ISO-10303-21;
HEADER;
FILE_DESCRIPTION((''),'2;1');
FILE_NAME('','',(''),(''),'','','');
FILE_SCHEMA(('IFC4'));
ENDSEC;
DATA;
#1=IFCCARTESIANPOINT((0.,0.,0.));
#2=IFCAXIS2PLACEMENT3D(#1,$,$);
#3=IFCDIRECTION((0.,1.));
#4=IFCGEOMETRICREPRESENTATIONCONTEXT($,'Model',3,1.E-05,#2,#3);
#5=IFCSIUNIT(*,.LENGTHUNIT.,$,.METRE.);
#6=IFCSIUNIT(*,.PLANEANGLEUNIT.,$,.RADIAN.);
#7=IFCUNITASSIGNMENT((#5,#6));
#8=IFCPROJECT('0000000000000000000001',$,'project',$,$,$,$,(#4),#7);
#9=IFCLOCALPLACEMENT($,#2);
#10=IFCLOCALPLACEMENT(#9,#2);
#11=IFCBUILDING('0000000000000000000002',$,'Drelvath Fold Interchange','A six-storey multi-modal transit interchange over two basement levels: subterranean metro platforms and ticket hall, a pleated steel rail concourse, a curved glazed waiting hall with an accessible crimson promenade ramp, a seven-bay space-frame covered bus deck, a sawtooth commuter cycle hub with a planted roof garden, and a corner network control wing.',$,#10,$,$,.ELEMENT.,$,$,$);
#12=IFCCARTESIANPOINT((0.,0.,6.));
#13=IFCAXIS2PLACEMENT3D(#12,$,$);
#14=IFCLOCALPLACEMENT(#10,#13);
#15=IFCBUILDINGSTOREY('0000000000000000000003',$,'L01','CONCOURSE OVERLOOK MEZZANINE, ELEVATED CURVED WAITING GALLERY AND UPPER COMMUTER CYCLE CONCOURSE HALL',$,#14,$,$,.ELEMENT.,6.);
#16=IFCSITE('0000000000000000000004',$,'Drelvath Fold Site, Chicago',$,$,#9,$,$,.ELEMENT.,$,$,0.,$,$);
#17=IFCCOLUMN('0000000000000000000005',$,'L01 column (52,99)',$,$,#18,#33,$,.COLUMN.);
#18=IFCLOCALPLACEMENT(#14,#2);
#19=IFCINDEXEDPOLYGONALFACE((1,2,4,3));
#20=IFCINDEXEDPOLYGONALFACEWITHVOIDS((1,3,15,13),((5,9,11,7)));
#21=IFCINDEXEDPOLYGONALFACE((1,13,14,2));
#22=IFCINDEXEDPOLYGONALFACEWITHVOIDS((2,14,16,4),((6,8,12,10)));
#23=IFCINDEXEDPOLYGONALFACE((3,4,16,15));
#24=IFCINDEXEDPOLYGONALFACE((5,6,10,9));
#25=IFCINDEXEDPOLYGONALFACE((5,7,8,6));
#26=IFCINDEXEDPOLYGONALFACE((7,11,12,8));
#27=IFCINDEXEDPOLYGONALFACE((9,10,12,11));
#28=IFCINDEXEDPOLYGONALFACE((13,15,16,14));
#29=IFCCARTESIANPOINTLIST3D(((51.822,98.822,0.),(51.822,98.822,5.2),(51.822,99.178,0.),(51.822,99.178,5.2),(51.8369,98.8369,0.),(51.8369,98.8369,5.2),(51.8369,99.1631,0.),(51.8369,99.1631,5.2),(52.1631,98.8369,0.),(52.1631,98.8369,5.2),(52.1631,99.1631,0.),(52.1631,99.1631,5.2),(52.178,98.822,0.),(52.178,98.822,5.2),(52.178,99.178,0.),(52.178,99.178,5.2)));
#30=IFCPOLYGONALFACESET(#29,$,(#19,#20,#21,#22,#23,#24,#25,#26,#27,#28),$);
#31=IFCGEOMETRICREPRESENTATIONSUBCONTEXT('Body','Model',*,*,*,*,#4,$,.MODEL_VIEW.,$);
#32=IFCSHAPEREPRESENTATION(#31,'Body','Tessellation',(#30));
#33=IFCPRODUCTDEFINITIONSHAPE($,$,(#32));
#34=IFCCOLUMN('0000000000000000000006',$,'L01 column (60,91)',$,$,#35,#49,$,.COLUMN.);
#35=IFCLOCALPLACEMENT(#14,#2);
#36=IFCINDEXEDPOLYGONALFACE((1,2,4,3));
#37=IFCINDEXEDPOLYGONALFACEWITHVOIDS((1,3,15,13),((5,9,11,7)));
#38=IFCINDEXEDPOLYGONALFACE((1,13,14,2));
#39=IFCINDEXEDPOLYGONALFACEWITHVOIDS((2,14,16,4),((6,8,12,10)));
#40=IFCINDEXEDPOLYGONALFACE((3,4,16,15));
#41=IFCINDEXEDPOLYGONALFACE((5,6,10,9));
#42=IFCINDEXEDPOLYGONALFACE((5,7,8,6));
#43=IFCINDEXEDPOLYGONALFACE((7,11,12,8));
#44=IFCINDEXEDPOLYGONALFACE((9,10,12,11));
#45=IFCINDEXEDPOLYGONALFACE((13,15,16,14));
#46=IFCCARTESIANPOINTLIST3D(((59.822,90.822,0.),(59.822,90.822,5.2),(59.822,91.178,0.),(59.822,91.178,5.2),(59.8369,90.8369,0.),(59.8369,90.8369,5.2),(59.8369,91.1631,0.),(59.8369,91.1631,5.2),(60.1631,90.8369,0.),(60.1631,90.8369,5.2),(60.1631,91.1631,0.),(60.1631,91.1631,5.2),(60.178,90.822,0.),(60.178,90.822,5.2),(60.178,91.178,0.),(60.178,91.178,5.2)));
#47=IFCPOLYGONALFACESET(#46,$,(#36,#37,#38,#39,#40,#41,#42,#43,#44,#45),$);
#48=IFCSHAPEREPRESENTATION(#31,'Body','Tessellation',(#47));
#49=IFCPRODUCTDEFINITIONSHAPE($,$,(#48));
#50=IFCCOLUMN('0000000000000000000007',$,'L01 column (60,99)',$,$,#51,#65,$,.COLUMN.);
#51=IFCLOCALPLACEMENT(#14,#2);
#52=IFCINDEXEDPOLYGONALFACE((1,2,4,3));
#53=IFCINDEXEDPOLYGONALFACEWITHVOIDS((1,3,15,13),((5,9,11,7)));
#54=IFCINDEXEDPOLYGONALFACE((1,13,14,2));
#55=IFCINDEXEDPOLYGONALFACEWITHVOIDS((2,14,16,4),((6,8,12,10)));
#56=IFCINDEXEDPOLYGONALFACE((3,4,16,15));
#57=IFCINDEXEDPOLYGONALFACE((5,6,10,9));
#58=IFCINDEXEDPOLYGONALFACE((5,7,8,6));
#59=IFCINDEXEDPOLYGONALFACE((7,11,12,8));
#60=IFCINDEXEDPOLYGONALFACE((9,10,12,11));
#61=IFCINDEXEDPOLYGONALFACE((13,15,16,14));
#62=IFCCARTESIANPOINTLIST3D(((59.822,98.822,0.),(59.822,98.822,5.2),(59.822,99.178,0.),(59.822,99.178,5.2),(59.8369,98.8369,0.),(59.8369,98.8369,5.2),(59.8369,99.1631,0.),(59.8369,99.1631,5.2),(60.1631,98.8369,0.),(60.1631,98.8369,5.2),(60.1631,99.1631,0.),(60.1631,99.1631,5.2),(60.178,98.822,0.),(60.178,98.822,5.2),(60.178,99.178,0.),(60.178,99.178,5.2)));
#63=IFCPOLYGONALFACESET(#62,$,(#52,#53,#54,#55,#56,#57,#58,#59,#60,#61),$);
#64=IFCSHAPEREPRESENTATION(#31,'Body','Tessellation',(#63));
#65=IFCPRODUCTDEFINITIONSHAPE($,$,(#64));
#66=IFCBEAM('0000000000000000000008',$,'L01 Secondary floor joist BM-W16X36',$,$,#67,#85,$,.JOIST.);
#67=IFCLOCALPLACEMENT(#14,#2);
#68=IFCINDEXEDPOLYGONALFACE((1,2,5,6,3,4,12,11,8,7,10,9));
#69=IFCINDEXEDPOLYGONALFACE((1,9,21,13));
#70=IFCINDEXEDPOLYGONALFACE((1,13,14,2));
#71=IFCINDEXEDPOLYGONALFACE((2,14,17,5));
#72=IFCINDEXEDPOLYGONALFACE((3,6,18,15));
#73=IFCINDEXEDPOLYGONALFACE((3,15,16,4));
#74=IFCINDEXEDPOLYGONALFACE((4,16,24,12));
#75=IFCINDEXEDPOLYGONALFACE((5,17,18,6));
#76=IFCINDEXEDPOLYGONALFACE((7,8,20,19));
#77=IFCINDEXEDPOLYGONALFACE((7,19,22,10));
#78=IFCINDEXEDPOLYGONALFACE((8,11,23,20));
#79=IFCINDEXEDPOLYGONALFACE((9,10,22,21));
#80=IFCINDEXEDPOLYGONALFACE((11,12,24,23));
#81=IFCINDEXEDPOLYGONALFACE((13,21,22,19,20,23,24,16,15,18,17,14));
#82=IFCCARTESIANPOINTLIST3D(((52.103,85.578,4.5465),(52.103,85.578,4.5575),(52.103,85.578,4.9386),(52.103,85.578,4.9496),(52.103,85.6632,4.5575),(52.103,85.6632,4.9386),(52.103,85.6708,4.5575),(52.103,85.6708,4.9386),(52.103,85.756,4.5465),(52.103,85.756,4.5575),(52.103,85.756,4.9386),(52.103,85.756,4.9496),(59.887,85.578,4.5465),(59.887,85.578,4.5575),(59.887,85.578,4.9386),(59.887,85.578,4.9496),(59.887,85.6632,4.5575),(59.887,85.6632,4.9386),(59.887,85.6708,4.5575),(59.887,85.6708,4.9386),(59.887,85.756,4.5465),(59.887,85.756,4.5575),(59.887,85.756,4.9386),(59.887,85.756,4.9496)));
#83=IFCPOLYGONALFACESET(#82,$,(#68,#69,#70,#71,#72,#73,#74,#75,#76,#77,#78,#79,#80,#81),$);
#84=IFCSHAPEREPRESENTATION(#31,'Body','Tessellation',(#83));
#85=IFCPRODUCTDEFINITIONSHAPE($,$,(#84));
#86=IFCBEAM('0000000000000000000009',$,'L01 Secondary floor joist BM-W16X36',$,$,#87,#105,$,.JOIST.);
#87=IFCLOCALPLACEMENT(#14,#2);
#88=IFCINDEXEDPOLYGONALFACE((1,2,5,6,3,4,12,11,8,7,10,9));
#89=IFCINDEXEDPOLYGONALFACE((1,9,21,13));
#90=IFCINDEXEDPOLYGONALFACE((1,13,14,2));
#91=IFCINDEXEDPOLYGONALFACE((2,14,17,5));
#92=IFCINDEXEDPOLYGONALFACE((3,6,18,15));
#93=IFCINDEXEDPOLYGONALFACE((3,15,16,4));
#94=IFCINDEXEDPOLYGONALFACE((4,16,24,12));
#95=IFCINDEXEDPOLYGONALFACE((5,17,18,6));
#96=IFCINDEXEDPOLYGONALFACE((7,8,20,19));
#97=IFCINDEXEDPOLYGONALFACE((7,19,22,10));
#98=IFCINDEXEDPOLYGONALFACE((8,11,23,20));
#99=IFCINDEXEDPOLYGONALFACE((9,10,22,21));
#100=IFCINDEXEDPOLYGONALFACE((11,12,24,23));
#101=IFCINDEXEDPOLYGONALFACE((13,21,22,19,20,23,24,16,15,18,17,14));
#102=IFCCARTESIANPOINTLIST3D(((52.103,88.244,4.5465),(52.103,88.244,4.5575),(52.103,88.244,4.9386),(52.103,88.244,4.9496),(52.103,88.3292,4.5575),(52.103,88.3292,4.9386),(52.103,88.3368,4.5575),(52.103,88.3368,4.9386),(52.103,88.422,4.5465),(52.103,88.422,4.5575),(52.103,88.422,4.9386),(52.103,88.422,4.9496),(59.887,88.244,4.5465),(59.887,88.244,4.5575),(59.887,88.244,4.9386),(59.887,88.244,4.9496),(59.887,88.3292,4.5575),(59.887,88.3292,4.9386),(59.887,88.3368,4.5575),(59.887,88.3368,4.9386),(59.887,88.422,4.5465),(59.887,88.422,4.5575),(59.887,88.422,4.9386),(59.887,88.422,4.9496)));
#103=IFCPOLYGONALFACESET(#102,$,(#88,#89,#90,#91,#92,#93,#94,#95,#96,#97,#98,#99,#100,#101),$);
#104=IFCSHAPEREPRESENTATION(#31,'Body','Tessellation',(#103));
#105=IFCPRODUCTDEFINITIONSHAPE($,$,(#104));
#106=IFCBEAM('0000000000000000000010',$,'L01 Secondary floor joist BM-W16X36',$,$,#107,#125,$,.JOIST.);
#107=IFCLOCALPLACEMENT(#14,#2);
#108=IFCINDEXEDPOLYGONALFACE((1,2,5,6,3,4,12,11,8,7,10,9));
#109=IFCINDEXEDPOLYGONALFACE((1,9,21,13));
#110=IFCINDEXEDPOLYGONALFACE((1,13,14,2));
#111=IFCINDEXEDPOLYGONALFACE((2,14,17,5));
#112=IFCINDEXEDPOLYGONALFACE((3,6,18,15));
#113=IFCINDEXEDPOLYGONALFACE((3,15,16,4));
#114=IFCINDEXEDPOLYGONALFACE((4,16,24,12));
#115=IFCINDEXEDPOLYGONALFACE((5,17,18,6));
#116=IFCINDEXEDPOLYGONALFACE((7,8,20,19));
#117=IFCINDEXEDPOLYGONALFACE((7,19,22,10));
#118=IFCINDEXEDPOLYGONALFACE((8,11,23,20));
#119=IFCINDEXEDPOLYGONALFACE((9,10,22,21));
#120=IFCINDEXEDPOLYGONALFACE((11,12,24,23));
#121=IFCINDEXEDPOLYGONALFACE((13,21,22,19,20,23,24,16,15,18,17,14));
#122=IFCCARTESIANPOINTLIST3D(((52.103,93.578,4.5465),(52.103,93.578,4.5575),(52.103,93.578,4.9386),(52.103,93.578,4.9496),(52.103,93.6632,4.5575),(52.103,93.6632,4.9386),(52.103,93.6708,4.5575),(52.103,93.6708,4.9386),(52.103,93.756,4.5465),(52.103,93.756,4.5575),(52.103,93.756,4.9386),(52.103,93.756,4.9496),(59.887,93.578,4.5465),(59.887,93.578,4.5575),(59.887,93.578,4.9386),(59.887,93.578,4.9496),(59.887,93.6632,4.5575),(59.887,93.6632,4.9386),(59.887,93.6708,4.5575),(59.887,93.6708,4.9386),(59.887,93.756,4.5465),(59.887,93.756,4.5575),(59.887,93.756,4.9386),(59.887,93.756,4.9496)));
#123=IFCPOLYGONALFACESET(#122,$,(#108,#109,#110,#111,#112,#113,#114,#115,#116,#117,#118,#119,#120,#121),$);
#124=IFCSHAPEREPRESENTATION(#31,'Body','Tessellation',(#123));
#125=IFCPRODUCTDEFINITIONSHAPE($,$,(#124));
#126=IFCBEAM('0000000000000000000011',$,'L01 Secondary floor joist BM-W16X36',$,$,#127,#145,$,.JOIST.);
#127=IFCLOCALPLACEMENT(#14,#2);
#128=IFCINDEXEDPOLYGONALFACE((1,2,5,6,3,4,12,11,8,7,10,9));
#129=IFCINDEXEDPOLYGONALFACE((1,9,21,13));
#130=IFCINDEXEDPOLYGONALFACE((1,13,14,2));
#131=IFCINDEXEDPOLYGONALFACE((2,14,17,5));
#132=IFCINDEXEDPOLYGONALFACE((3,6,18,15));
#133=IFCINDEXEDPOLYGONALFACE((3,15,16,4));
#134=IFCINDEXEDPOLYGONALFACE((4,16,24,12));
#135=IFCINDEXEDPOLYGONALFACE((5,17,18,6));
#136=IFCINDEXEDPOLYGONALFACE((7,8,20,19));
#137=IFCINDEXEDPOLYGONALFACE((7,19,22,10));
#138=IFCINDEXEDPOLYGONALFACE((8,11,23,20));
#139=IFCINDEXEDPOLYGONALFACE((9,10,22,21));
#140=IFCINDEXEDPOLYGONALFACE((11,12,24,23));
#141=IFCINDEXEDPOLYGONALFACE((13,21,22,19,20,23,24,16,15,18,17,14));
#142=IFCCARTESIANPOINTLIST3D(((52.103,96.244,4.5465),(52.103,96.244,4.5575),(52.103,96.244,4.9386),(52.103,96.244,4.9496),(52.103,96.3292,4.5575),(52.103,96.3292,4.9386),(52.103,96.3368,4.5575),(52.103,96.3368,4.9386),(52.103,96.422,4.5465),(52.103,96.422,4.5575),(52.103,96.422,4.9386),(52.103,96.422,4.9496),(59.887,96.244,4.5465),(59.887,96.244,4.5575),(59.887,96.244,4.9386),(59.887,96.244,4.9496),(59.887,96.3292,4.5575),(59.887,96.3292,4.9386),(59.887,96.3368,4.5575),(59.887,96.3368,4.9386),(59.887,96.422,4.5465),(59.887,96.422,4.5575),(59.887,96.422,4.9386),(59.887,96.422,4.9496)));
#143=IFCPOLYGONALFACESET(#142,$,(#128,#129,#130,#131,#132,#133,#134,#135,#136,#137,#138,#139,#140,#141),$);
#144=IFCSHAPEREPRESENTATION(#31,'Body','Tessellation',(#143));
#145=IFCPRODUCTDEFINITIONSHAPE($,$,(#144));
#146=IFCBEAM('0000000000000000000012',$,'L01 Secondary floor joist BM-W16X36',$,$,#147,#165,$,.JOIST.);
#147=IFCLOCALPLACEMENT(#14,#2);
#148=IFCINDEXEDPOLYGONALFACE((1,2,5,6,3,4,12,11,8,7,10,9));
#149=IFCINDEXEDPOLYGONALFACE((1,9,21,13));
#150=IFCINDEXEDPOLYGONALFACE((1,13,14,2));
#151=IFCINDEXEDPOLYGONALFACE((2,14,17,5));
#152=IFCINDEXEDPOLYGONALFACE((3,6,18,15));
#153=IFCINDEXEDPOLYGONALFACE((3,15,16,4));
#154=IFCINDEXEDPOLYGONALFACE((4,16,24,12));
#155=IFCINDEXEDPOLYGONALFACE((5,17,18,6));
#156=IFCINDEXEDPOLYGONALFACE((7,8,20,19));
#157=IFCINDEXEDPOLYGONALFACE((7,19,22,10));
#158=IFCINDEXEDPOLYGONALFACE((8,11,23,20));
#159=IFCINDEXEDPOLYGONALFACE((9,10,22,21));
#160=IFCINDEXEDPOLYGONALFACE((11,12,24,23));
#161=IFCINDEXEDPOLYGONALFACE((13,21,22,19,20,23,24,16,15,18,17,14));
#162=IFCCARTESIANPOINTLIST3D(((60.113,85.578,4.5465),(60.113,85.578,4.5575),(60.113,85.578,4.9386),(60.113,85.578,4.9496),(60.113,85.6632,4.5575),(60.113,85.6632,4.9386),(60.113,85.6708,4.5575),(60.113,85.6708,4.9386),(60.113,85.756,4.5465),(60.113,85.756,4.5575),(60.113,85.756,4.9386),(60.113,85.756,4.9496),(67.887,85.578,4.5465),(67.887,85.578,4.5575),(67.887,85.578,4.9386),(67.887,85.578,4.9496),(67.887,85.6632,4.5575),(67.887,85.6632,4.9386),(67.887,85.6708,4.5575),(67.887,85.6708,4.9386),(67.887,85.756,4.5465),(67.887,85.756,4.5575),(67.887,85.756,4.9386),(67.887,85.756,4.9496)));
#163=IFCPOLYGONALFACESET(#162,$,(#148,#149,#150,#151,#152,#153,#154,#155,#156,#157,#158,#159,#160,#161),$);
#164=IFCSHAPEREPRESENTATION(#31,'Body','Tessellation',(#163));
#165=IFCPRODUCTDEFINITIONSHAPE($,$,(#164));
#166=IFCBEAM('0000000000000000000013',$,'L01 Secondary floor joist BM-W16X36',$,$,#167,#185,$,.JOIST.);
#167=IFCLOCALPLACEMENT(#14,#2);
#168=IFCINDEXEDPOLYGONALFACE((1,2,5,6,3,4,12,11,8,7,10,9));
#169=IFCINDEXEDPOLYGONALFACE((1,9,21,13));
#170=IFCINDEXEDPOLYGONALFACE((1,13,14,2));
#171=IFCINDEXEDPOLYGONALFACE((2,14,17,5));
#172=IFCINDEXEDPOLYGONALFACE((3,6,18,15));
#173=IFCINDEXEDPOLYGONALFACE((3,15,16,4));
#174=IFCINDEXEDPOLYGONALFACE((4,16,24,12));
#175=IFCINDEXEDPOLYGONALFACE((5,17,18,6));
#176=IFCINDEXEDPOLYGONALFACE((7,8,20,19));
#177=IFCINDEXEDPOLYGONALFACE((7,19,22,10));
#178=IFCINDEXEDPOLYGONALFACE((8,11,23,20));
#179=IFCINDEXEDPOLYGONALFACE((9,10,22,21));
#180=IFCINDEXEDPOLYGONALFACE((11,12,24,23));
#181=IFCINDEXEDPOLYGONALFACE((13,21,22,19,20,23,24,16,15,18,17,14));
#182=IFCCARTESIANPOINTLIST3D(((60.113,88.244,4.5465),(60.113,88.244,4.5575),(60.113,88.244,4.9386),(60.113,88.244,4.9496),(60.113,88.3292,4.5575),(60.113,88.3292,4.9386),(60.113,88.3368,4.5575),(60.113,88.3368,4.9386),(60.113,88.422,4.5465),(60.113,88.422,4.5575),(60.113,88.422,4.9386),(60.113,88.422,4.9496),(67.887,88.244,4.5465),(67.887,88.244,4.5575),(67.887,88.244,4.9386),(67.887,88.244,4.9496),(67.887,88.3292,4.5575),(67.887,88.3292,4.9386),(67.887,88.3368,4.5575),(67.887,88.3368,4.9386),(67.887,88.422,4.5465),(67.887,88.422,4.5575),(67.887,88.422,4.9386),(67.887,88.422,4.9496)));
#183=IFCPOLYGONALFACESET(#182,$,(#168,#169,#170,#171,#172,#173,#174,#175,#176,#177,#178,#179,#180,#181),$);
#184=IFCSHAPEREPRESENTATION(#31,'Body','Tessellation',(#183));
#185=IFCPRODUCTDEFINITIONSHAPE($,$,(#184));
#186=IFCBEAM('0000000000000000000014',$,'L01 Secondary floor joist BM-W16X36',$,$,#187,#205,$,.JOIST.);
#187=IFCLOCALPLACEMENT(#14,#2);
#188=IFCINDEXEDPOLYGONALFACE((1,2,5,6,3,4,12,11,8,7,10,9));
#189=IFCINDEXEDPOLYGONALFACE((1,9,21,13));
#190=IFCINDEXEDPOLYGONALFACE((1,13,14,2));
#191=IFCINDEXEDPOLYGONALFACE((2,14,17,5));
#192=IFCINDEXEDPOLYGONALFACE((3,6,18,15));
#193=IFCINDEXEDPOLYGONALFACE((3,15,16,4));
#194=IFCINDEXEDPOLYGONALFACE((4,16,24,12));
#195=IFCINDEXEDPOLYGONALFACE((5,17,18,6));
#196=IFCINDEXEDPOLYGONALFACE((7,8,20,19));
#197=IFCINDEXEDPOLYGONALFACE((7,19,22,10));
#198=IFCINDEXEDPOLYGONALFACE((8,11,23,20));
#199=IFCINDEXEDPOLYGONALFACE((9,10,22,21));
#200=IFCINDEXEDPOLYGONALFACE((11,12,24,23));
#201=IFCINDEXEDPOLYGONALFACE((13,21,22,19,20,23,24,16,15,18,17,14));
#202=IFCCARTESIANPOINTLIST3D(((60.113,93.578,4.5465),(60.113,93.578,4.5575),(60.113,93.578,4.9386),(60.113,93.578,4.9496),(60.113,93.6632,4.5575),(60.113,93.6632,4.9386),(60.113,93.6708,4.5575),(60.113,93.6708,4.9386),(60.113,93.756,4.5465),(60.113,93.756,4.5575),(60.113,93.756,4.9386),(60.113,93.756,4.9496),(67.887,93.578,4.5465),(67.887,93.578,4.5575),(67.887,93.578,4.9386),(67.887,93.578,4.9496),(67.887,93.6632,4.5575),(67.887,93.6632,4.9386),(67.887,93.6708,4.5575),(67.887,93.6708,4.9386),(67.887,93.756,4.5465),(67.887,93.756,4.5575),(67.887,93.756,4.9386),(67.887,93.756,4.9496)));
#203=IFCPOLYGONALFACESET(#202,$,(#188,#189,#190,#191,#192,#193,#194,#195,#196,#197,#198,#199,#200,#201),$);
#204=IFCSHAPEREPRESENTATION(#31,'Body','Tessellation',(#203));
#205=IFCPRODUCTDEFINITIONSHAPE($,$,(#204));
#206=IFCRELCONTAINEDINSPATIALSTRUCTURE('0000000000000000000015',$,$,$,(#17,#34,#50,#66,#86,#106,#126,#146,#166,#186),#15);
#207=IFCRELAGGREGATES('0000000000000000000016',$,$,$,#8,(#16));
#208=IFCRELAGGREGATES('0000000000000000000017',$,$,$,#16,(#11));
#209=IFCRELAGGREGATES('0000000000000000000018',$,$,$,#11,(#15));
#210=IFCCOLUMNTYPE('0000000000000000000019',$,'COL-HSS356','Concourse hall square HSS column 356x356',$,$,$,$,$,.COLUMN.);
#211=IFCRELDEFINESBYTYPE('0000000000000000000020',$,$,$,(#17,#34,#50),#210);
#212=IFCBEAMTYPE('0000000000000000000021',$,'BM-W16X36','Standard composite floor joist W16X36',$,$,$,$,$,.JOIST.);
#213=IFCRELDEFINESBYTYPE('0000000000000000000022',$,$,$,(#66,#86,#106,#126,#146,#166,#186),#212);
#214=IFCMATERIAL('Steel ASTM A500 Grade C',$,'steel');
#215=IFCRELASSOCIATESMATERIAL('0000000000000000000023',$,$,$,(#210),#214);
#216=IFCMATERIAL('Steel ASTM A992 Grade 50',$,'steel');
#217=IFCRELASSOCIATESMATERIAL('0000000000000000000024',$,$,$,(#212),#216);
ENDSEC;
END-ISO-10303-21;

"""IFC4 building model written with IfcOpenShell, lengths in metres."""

from ifc_helpers import new_model, si_unit, direction, frame, origin, origin_2d, place, context, subcontext, project, spatial, hollow_rectangle, i_section, extrude, material, material_profile, profile_set, type_object, element, save


model = new_model("IFC4")

# Units and contexts
model_context = context("Model", 3, precision=1e-05, world=origin(), true_north=direction((0.0, 1.0)))
body_context = subcontext(model_context, "Body", "Model", "MODEL_VIEW")
ifc_project = project(units=[si_unit("LENGTHUNIT", "METRE"), si_unit("PLANEANGLEUNIT", "RADIAN")], contexts=[model_context])

# Site, building, storey
site_placement = place(None, origin())
site = spatial("IfcSite", under=ifc_project, at=site_placement, Name="Drelvath Fold Site, Chicago", CompositionType="ELEMENT", RefElevation=0.0)
building_placement = place(site_placement, origin())
building = spatial("IfcBuilding", under=site, at=building_placement, Name="Drelvath Fold Interchange", Description="A six-storey multi-modal transit interchange over two basement levels: subterranean metro platforms and ticket hall, a pleated steel rail concourse, a curved glazed waiting hall with an accessible crimson promenade ramp, a seven-bay space-frame covered bus deck, a sawtooth commuter cycle hub with a planted roof garden, and a corner network control wing.", CompositionType="ELEMENT")
storey_placement = place(building_placement, frame((0.0, 0.0, 6.0)))
storey = spatial("IfcBuildingStorey", under=building, at=storey_placement, Name="L01", Description="CONCOURSE OVERLOOK MEZZANINE, ELEVATED CURVED WAITING GALLERY AND UPPER COMMUTER CYCLE CONCOURSE HALL", CompositionType="ELEMENT", Elevation=6.0)

# Columns
ifc_material_1 = material(Name="Steel ASTM A500 Grade C", Category="steel")
ifc_material_profile_1 = material_profile(ifc_material_1, hollow_rectangle(XDim=0.356, YDim=0.356, WallThickness=0.0149, at=origin_2d()), Name="HSS14X14X5/8")
ifc_profile_set_1 = profile_set([ifc_material_profile_1], Name="Steel ASTM A500 Grade C")
column_type = type_object("IfcColumnType", Name="COL-HSS356", Description="Concourse hall square HSS column 356x356", PredefinedType="COLUMN", material=ifc_profile_set_1)
for number, where, z_axis, x_axis, name in (
    (1, (52.0, 99.0, 0.0), (0.0, 0.0, 1.0), (1.0, 0.0, 0.0), "L01 column (52,99)"),
    (2, (60.0, 91.0, 0.0), (0.0, 0.0, 1.0), (1.0, 0.0, 0.0), "L01 column (60,91)"),
    (3, (60.0, 99.0, 0.0), (0.0, 0.0, 1.0), (1.0, 0.0, 0.0), "L01 column (60,99)"),
):
    element("IfcColumn", number, at=place(storey_placement, frame(where, z_axis=z_axis, x_axis=x_axis)), inside=storey, type_object=column_type, Name=name, PredefinedType="COLUMN", context=body_context, shape_type="SweptSolid", body=[
        extrude(hollow_rectangle(XDim=0.356, YDim=0.356, WallThickness=0.0149, at=origin_2d()), origin(), (0.0, 0.0, 1.0), 5.2),
    ])

# Beams
ifc_material_2 = material(Name="Steel ASTM A992 Grade 50", Category="steel")
ifc_material_profile_2 = material_profile(ifc_material_2, i_section(OverallWidth=0.178, OverallDepth=0.4031, WebThickness=0.0076, FlangeThickness=0.011, at=origin_2d()), Name="W16X36")
ifc_profile_set_2 = profile_set([ifc_material_profile_2], Name="Steel ASTM A992 Grade 50")
beam_type_1 = type_object("IfcBeamType", Name="BM-W16X36", Description="Standard composite floor joist W16X36", PredefinedType="JOIST", material=ifc_profile_set_2)
for number, where, z_axis, x_axis, name in (
    (4, (52.103, 85.667, 4.748), (1.0, 0.0, 0.0), (0.0, 1.0, 0.0), "L01 Secondary floor joist BM-W16X36"),
    (5, (52.103, 88.333, 4.748), (1.0, 0.0, 0.0), (0.0, 1.0, 0.0), "L01 Secondary floor joist BM-W16X36"),
    (6, (52.103, 93.667, 4.748), (1.0, 0.0, 0.0), (0.0, 1.0, 0.0), "L01 Secondary floor joist BM-W16X36"),
    (7, (52.103, 96.333, 4.748), (1.0, 0.0, 0.0), (0.0, 1.0, 0.0), "L01 Secondary floor joist BM-W16X36"),
):
    element("IfcBeam", number, at=place(storey_placement, frame(where, z_axis=z_axis, x_axis=x_axis)), inside=storey, type_object=beam_type_1, Name=name, PredefinedType="JOIST", context=body_context, shape_type="SweptSolid", body=[
        extrude(i_section(OverallWidth=0.178, OverallDepth=0.4031, WebThickness=0.0076, FlangeThickness=0.011, at=origin_2d()), origin(), (0.0, 0.0, 1.0), 7.7839),
    ])
for number, where, z_axis, x_axis, name in (
    (8, (60.113, 85.667, 4.748), (1.0, 0.0, 0.0), (0.0, 1.0, 0.0), "L01 Secondary floor joist BM-W16X36"),
    (9, (60.113, 88.333, 4.748), (1.0, 0.0, 0.0), (0.0, 1.0, 0.0), "L01 Secondary floor joist BM-W16X36"),
    (10, (60.113, 93.667, 4.748), (1.0, 0.0, 0.0), (0.0, 1.0, 0.0), "L01 Secondary floor joist BM-W16X36"),
):
    element("IfcBeam", number, at=place(storey_placement, frame(where, z_axis=z_axis, x_axis=x_axis)), inside=storey, type_object=beam_type_1, Name=name, PredefinedType="JOIST", context=body_context, shape_type="SweptSolid", body=[
        extrude(i_section(OverallWidth=0.178, OverallDepth=0.4031, WebThickness=0.0076, FlangeThickness=0.011, at=origin_2d()), origin(), (0.0, 0.0, 1.0), 7.7739),
    ])

save(model, "model.ifc")
